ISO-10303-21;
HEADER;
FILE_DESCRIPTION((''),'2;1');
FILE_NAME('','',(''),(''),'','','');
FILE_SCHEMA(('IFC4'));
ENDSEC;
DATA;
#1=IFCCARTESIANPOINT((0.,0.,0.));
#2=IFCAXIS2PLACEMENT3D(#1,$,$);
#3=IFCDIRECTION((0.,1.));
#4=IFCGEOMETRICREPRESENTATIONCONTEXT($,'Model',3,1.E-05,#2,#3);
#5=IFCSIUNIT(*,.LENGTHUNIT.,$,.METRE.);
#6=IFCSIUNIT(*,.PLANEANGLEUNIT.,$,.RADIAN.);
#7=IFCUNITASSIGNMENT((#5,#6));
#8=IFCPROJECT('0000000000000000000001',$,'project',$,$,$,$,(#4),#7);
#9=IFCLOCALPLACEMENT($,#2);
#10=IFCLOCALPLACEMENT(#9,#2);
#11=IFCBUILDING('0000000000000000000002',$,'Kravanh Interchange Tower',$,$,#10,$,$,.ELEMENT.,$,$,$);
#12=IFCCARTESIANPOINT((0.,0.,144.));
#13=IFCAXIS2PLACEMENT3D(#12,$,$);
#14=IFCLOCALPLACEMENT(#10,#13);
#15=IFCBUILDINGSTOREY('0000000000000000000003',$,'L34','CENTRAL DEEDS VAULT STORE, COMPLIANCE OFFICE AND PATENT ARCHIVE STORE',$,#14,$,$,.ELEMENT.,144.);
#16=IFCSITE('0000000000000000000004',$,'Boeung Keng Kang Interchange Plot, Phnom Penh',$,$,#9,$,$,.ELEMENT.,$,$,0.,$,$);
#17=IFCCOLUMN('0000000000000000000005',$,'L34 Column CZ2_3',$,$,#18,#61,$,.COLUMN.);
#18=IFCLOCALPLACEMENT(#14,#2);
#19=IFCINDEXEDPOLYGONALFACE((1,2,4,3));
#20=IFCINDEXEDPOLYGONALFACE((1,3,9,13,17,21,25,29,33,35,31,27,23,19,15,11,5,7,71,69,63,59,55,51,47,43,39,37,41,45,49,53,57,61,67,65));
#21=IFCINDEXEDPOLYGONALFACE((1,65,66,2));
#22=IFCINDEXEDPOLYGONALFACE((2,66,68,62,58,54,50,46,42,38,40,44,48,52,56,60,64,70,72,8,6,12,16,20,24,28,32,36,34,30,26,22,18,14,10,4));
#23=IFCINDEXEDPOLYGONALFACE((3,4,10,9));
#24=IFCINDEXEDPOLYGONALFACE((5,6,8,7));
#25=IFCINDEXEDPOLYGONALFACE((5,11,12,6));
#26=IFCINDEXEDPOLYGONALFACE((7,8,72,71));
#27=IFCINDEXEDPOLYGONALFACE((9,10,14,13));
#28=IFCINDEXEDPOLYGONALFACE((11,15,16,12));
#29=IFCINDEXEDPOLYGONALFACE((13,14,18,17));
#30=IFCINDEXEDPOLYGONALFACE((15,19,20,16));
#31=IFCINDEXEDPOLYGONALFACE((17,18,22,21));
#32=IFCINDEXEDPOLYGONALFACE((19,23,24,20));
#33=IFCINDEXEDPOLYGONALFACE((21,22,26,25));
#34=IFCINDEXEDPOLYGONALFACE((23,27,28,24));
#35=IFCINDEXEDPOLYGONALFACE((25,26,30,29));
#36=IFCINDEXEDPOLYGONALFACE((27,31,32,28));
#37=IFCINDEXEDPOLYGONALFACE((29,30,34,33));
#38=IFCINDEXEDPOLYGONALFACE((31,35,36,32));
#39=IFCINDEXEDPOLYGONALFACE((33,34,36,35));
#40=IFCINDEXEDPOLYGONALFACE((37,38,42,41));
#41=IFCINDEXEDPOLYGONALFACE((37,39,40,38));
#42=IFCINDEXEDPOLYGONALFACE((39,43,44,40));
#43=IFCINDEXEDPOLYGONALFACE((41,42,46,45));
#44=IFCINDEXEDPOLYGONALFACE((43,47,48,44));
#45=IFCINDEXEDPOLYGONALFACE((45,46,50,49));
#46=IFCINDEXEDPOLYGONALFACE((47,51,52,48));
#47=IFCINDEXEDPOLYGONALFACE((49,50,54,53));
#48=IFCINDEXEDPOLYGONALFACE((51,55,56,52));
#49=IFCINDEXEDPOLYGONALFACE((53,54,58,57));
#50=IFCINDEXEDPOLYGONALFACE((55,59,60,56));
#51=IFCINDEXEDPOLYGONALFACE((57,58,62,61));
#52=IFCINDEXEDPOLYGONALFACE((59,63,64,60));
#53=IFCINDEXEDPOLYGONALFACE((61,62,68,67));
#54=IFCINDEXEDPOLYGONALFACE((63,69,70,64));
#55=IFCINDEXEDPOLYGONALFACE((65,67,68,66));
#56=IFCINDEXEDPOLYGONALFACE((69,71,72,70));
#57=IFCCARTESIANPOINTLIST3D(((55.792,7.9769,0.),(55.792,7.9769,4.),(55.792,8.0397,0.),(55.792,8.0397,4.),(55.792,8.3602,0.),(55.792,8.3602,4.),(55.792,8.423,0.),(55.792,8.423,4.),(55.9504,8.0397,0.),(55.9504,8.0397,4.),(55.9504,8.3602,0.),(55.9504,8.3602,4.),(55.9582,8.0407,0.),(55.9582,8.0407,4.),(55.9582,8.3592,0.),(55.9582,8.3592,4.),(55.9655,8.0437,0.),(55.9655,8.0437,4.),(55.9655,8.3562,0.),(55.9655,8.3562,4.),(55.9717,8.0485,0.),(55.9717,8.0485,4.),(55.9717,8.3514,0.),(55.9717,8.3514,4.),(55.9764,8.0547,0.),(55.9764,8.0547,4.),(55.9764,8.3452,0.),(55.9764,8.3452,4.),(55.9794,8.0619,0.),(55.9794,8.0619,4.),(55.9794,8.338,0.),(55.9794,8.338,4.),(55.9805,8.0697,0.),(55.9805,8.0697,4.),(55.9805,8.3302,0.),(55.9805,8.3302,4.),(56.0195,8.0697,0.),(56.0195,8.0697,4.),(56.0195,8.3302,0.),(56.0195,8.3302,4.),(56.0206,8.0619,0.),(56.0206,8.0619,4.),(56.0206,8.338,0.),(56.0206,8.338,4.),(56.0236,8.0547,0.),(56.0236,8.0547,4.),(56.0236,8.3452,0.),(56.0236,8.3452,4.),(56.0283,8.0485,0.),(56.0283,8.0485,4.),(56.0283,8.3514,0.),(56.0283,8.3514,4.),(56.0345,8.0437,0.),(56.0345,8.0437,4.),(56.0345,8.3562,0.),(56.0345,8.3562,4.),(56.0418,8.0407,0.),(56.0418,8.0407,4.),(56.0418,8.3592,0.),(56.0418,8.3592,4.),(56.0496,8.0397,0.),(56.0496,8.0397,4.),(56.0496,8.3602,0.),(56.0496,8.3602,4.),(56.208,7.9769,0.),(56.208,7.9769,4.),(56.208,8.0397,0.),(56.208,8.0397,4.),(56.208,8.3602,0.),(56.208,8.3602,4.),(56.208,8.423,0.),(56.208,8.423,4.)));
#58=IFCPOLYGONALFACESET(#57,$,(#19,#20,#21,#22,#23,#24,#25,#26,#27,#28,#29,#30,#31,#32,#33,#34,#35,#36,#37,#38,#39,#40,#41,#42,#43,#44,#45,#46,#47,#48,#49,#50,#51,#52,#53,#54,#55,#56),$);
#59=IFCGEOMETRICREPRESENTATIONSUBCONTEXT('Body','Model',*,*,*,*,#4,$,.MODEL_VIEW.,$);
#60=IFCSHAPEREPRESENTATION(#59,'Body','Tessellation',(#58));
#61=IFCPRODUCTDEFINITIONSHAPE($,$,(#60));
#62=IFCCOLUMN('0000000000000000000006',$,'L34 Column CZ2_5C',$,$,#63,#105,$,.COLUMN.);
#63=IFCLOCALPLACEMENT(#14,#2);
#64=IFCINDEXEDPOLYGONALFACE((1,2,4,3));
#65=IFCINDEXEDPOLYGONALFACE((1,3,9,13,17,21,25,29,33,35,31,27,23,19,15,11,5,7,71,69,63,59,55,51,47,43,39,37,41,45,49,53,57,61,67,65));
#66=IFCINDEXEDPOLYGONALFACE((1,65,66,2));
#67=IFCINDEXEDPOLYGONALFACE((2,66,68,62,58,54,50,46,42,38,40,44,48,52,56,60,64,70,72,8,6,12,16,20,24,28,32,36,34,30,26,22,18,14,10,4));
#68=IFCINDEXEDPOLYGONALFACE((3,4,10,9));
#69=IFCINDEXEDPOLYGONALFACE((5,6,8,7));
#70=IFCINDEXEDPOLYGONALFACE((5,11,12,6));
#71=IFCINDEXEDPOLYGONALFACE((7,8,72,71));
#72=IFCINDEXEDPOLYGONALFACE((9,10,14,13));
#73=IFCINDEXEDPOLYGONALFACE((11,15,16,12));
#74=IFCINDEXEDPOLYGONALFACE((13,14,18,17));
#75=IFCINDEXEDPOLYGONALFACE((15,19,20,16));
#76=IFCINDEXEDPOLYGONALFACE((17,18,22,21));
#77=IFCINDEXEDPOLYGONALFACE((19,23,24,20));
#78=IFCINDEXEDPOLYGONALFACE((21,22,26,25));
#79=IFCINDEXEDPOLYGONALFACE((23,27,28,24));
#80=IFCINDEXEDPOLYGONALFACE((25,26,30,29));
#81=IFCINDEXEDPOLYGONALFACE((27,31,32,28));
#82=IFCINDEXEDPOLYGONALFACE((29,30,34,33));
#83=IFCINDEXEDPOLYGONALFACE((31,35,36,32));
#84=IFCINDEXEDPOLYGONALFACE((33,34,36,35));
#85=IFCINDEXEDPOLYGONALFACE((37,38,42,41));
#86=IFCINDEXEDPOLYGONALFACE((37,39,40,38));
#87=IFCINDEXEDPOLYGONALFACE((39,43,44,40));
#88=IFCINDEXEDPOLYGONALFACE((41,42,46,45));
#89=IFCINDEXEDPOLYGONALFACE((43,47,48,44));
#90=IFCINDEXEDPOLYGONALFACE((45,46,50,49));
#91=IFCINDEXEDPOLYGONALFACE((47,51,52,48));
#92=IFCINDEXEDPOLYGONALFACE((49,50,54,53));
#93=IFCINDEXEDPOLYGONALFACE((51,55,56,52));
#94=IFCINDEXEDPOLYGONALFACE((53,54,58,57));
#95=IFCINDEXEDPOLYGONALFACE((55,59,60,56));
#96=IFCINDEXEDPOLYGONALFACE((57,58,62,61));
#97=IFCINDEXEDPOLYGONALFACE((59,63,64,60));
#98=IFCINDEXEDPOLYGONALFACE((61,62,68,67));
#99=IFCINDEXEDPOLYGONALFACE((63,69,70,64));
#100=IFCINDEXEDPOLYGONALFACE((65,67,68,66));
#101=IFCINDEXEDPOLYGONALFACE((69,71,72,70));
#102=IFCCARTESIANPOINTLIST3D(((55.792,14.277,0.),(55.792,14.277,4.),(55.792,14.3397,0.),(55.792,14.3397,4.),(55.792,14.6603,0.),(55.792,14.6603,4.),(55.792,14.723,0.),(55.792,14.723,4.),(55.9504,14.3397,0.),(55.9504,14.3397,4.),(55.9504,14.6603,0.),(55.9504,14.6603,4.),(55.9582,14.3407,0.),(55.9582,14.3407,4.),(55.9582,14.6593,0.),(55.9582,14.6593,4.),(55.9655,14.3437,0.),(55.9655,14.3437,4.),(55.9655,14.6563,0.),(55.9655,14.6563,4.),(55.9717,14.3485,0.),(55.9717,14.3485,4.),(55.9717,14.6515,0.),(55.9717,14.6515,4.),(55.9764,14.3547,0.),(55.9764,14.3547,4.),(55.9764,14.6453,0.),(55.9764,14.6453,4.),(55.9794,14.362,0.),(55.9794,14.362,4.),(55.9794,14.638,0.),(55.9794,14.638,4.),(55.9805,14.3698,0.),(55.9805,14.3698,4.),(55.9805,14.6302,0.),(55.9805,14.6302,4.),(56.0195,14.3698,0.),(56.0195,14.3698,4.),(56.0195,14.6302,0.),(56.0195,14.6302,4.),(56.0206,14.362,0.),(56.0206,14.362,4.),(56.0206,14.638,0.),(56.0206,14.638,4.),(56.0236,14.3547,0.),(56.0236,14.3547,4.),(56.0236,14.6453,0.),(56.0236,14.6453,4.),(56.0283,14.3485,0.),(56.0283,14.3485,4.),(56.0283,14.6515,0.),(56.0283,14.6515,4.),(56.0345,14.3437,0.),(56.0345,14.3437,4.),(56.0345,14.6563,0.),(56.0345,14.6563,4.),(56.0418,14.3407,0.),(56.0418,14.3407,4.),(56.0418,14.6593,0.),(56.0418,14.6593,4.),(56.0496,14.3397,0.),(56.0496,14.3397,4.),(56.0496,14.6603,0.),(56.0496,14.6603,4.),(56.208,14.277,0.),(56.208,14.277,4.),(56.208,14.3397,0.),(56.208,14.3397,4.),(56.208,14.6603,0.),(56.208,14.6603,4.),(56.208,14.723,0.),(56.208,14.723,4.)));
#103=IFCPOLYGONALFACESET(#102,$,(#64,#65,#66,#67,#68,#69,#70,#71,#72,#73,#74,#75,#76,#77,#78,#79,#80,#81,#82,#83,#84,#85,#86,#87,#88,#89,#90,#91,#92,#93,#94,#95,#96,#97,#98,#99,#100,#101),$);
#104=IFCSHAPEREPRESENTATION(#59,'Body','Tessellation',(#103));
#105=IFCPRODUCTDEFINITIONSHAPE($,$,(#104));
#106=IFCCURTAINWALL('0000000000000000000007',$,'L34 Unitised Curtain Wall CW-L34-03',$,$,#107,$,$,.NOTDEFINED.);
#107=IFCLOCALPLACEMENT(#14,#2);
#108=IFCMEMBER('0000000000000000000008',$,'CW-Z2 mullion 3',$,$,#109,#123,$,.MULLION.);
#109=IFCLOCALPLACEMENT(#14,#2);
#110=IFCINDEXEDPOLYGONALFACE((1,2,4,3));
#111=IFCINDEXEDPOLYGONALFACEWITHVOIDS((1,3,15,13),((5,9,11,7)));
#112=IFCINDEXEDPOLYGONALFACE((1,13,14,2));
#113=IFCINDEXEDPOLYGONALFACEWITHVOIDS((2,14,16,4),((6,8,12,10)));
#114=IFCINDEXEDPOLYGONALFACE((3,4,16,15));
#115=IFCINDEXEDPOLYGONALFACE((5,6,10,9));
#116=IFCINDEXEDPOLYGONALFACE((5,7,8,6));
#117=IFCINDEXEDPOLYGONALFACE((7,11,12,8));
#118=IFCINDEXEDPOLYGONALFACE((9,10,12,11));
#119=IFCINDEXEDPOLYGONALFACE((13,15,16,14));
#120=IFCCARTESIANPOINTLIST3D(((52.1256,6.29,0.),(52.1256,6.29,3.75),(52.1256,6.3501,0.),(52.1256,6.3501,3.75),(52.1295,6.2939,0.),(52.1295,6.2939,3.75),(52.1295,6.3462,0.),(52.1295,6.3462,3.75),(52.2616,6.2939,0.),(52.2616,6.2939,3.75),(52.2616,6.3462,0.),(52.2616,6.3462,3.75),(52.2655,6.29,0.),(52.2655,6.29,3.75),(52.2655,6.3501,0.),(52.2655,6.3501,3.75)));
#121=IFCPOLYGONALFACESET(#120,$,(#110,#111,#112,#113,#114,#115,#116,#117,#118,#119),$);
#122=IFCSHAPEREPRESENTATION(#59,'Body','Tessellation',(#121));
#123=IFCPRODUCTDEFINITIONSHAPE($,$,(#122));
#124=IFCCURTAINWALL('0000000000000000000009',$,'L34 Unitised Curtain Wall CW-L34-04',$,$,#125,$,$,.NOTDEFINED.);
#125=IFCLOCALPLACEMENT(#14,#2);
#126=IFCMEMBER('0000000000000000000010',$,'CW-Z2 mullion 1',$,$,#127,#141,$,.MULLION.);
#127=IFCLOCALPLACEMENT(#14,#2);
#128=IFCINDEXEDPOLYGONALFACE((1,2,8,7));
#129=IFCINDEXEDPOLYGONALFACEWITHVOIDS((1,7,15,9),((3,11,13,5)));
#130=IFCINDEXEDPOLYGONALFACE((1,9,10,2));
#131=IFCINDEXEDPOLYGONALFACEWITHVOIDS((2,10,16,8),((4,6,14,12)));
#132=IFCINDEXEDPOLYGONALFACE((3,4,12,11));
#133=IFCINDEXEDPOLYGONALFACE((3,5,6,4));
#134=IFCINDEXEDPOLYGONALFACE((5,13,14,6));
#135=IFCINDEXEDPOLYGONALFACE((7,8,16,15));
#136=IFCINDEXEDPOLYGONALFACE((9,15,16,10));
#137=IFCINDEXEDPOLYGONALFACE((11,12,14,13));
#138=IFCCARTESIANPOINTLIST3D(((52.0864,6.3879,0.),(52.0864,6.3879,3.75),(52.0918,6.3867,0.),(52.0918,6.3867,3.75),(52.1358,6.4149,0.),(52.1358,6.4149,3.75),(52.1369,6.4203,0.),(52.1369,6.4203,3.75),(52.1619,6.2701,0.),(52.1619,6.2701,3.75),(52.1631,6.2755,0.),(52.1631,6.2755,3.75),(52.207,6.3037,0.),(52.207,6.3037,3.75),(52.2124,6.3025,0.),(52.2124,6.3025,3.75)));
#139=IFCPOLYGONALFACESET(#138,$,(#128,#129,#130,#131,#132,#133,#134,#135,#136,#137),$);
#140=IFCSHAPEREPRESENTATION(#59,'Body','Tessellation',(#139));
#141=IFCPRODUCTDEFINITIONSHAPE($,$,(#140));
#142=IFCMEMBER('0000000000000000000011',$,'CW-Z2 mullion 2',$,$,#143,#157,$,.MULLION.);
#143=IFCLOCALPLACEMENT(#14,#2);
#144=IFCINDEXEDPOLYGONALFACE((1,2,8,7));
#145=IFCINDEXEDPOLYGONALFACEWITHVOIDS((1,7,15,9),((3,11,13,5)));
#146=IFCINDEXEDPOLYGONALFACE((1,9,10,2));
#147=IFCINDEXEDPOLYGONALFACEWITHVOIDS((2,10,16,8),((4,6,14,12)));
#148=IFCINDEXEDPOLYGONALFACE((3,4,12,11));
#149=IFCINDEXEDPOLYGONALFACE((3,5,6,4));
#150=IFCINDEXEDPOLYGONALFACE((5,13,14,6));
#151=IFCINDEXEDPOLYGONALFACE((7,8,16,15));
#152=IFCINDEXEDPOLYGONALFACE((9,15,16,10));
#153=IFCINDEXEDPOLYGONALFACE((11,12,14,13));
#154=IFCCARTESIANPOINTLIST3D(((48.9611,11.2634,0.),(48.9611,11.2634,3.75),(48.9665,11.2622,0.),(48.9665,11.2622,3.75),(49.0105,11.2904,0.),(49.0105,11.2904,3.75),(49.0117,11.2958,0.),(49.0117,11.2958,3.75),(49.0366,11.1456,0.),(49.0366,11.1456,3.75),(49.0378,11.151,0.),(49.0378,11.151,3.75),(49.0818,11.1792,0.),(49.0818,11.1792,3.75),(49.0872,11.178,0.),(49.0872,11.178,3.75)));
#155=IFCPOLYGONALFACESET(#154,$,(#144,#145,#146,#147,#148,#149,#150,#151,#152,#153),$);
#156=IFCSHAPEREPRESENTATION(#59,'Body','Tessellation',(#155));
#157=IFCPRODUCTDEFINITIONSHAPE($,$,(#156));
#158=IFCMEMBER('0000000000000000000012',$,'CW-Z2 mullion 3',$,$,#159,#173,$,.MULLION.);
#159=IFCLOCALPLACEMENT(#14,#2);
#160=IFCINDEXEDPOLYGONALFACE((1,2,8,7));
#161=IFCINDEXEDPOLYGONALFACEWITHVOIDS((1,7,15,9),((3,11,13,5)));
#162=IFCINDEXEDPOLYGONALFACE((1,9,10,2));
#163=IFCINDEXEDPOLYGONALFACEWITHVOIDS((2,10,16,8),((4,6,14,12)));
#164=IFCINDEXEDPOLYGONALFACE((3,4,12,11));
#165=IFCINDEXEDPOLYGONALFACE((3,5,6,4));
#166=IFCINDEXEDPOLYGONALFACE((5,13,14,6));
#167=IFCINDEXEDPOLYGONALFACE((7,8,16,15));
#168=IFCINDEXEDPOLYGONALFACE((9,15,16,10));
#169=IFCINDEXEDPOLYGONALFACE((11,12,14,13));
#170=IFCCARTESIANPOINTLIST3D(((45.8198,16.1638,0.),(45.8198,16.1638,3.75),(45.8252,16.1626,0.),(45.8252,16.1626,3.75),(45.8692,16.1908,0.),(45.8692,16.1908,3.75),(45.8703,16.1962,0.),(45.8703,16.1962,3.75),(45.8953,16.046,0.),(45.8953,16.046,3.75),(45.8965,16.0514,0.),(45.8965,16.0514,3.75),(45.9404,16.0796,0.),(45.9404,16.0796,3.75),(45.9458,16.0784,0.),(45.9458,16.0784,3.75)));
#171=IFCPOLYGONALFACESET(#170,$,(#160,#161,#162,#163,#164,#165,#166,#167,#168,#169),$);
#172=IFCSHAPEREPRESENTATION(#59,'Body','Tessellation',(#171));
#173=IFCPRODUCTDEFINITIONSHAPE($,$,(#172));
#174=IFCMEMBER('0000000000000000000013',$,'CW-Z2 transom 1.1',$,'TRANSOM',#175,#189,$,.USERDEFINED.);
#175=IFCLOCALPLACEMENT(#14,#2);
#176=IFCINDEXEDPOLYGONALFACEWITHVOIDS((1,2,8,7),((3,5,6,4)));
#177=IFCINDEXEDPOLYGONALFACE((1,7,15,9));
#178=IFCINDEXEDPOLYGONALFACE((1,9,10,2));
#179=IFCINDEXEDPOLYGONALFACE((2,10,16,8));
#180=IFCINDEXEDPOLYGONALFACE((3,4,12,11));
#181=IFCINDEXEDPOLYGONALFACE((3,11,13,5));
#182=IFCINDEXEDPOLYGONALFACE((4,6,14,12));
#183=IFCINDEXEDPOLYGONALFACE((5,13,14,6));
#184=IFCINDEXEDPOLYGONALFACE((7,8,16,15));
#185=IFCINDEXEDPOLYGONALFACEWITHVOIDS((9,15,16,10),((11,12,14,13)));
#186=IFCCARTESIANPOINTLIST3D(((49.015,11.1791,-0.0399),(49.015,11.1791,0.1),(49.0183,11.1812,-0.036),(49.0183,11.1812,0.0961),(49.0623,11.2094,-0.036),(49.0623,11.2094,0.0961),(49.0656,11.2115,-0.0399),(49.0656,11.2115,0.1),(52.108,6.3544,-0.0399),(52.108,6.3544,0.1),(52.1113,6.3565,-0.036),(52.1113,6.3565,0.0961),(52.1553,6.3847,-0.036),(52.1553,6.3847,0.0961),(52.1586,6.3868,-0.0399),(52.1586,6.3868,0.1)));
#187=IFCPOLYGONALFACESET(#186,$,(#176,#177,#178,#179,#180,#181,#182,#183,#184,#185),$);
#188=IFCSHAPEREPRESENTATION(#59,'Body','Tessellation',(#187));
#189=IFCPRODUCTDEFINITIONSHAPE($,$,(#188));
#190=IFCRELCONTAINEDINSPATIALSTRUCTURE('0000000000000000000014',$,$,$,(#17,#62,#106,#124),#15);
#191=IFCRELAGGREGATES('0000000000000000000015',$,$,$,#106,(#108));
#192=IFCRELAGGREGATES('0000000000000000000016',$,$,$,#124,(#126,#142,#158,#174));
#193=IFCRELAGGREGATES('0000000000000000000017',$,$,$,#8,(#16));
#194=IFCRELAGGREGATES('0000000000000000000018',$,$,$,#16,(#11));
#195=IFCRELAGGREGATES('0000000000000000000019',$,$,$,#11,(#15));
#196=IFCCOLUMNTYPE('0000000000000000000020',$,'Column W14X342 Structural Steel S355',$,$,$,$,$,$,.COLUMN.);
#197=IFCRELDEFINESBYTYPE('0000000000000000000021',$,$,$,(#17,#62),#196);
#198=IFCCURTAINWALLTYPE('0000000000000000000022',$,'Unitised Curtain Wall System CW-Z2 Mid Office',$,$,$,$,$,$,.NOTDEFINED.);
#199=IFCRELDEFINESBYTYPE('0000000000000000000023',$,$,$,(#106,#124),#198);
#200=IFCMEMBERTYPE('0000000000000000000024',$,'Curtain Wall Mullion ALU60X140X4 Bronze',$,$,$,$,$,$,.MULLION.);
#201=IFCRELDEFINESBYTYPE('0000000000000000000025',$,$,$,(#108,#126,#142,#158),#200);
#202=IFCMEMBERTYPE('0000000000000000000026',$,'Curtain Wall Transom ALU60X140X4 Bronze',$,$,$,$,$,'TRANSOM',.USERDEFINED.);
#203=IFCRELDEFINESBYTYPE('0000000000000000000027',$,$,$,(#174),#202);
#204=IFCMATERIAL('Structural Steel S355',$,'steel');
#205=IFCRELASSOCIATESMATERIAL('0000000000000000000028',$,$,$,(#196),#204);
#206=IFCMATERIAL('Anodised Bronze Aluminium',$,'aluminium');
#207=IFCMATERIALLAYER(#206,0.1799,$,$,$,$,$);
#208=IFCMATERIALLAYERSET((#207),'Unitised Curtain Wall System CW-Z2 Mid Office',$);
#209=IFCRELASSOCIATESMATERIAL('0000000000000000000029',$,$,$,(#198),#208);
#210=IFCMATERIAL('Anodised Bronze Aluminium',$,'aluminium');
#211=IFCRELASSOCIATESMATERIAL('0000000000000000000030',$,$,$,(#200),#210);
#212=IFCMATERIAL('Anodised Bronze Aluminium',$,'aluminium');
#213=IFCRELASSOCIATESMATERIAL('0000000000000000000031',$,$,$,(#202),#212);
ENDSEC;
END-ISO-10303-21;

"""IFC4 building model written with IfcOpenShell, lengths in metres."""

from ifc_helpers import new_model, si_unit, direction, frame, origin, origin_2d, place, context, subcontext, project, spatial, hollow_rectangle, i_section, extrude, material, layer, layer_set, material_profile, profile_set, type_object, element, aggregate, save


model = new_model("IFC4")

# Units and contexts
model_context = context("Model", 3, precision=1e-05, world=origin(), true_north=direction((0.0, 1.0)))
body_context = subcontext(model_context, "Body", "Model", "MODEL_VIEW")
ifc_project = project(units=[si_unit("LENGTHUNIT", "METRE"), si_unit("PLANEANGLEUNIT", "RADIAN")], contexts=[model_context])

# Site, building, storey
site_placement = place(None, origin())
site = spatial("IfcSite", under=ifc_project, at=site_placement, Name="Boeung Keng Kang Interchange Plot, Phnom Penh", CompositionType="ELEMENT", RefElevation=0.0)
building_placement = place(site_placement, origin())
building = spatial("IfcBuilding", under=site, at=building_placement, Name="Kravanh Interchange Tower", CompositionType="ELEMENT")
storey_placement = place(building_placement, frame((0.0, 0.0, 144.0)))
storey = spatial("IfcBuildingStorey", under=building, at=storey_placement, Name="L34", Description="CENTRAL DEEDS VAULT STORE, COMPLIANCE OFFICE AND PATENT ARCHIVE STORE", CompositionType="ELEMENT", Elevation=144.0)

# Columns
ifc_material_1 = material(Name="Structural Steel S355", Category="steel")
ifc_material_profile_1 = material_profile(ifc_material_1, i_section(OverallWidth=0.416, OverallDepth=0.446, WebThickness=0.0391, FlangeThickness=0.0627, FilletRadius=0.03, at=origin_2d()), Name="W14X342")
ifc_profile_set_1 = profile_set([ifc_material_profile_1], Name="Structural Steel S355")
column_type = type_object("IfcColumnType", Name="Column W14X342 Structural Steel S355", PredefinedType="COLUMN", material=ifc_profile_set_1)
for number, where, z_axis, x_axis, name in (
    (1, (56.0, 8.2, 0.0), (0.0, 0.0, 1.0), (1.0, 0.0, 0.0), "L34 Column CZ2_3"),
    (2, (56.0, 14.5, 0.0), (0.0, 0.0, 1.0), (1.0, 0.0, 0.0), "L34 Column CZ2_5C"),
):
    element("IfcColumn", number, at=place(storey_placement, frame(where, z_axis=z_axis, x_axis=x_axis)), inside=storey, type_object=column_type, Name=name, PredefinedType="COLUMN", context=body_context, shape_type="SweptSolid", body=[
        extrude(i_section(OverallWidth=0.416, OverallDepth=0.446, WebThickness=0.0391, FlangeThickness=0.0627, FilletRadius=0.03, at=origin_2d()), origin(), (0.0, 0.0, 1.0), 4.0),
    ])

# Curtain wall, member
ifc_material_2 = material(Name="Anodised Bronze Aluminium", Category="aluminium")
ifc_layer_1 = layer(ifc_material_2, 0.1799)
ifc_layer_set_1 = layer_set([ifc_layer_1], Name="Unitised Curtain Wall System CW-Z2 Mid Office")
curtain_wall_type = type_object("IfcCurtainWallType", Name="Unitised Curtain Wall System CW-Z2 Mid Office", PredefinedType="NOTDEFINED", material=ifc_layer_set_1)
curtain_wall_1_placement = place(storey_placement, origin())
curtain_wall_1 = element("IfcCurtainWall", 3, at=curtain_wall_1_placement, inside=storey, type_object=curtain_wall_type, Name="L34 Unitised Curtain Wall CW-L34-03", PredefinedType="NOTDEFINED")
ifc_material_3 = material(Name="Anodised Bronze Aluminium", Category="aluminium")
ifc_material_profile_2 = material_profile(ifc_material_3, hollow_rectangle(XDim=0.0601, YDim=0.1399, WallThickness=0.0039, at=origin_2d()), Name="ALU60X140X4")
ifc_profile_set_2 = profile_set([ifc_material_profile_2], Name="Anodised Bronze Aluminium")
member_type_1 = type_object("IfcMemberType", Name="Curtain Wall Mullion ALU60X140X4 Bronze", PredefinedType="MULLION", material=ifc_profile_set_2)
member_1_placement = place(storey_placement, frame((52.1956, 6.3201, 0.0), z_axis=(0.0, 0.0, 1.0), x_axis=(0.0, -1.0, 0.0)))
member_1 = element("IfcMember", 4, at=member_1_placement, type_object=member_type_1, Name="CW-Z2 mullion 3", PredefinedType="MULLION", context=body_context, shape_type="SweptSolid", body=[
    extrude(hollow_rectangle(XDim=0.0601, YDim=0.1399, WallThickness=0.0039, at=origin_2d()), origin(), (0.0, 0.0, 1.0), 3.75),
])

# Curtain wall, members
curtain_wall_2_placement = place(storey_placement, origin())
curtain_wall_2 = element("IfcCurtainWall", 5, at=curtain_wall_2_placement, inside=storey, type_object=curtain_wall_type, Name="L34 Unitised Curtain Wall CW-L34-04", PredefinedType="NOTDEFINED")
member_2_placement = place(storey_placement, frame((52.1494, 6.3452, 0.0), z_axis=(0.0, 0.0, 1.0), x_axis=(-0.84188, -0.539665, 0.0)))
member_2 = element("IfcMember", 6, at=member_2_placement, type_object=member_type_1, Name="CW-Z2 mullion 1", PredefinedType="MULLION", context=body_context, shape_type="SweptSolid", body=[
    extrude(hollow_rectangle(XDim=0.0601, YDim=0.1399, WallThickness=0.0039, at=origin_2d()), origin(), (0.0, 0.0, 1.0), 3.75),
])
member_3_placement = place(storey_placement, frame((49.0242, 11.2207, 0.0), z_axis=(0.0, 0.0, 1.0), x_axis=(-0.84188, -0.539665, 0.0)))
member_3 = element("IfcMember", 7, at=member_3_placement, type_object=member_type_1, Name="CW-Z2 mullion 2", PredefinedType="MULLION", context=body_context, shape_type="SweptSolid", body=[
    extrude(hollow_rectangle(XDim=0.0601, YDim=0.1399, WallThickness=0.0039, at=origin_2d()), origin(), (0.0, 0.0, 1.0), 3.75),
])
member_4_placement = place(storey_placement, frame((45.8828, 16.1211, 0.0), z_axis=(0.0, 0.0, 1.0), x_axis=(-0.84188, -0.539665, 0.0)))
member_4 = element("IfcMember", 8, at=member_4_placement, type_object=member_type_1, Name="CW-Z2 mullion 3", PredefinedType="MULLION", context=body_context, shape_type="SweptSolid", body=[
    extrude(hollow_rectangle(XDim=0.0601, YDim=0.1399, WallThickness=0.0039, at=origin_2d()), origin(), (0.0, 0.0, 1.0), 3.75),
])
ifc_material_4 = material(Name="Anodised Bronze Aluminium", Category="aluminium")
ifc_material_profile_3 = material_profile(ifc_material_4, hollow_rectangle(XDim=0.0601, YDim=0.1399, WallThickness=0.0039, at=origin_2d()), Name="ALU60X140X4")
ifc_profile_set_3 = profile_set([ifc_material_profile_3], Name="Anodised Bronze Aluminium")
member_type_2 = type_object("IfcMemberType", Name="Curtain Wall Transom ALU60X140X4 Bronze", ElementType="TRANSOM", PredefinedType="USERDEFINED", material=ifc_profile_set_3)
member_5_placement = place(storey_placement, frame((52.1333, 6.3706, 0.03), z_axis=(-0.539698, 0.841859, 0.0), x_axis=(-0.841859, -0.539698, 0.0)))
member_5 = element("IfcMember", 9, at=member_5_placement, type_object=member_type_2, Name="CW-Z2 transom 1.1", ObjectType="TRANSOM", PredefinedType="USERDEFINED", context=body_context, shape_type="SweptSolid", body=[
    extrude(hollow_rectangle(XDim=0.0601, YDim=0.1399, WallThickness=0.0039, at=origin_2d()), origin(), (0.0, 0.0, 1.0), 5.731),
])

aggregate(curtain_wall_1, [member_1])
aggregate(curtain_wall_2, [member_2, member_3, member_4, member_5])

save(model, "model.ifc")
